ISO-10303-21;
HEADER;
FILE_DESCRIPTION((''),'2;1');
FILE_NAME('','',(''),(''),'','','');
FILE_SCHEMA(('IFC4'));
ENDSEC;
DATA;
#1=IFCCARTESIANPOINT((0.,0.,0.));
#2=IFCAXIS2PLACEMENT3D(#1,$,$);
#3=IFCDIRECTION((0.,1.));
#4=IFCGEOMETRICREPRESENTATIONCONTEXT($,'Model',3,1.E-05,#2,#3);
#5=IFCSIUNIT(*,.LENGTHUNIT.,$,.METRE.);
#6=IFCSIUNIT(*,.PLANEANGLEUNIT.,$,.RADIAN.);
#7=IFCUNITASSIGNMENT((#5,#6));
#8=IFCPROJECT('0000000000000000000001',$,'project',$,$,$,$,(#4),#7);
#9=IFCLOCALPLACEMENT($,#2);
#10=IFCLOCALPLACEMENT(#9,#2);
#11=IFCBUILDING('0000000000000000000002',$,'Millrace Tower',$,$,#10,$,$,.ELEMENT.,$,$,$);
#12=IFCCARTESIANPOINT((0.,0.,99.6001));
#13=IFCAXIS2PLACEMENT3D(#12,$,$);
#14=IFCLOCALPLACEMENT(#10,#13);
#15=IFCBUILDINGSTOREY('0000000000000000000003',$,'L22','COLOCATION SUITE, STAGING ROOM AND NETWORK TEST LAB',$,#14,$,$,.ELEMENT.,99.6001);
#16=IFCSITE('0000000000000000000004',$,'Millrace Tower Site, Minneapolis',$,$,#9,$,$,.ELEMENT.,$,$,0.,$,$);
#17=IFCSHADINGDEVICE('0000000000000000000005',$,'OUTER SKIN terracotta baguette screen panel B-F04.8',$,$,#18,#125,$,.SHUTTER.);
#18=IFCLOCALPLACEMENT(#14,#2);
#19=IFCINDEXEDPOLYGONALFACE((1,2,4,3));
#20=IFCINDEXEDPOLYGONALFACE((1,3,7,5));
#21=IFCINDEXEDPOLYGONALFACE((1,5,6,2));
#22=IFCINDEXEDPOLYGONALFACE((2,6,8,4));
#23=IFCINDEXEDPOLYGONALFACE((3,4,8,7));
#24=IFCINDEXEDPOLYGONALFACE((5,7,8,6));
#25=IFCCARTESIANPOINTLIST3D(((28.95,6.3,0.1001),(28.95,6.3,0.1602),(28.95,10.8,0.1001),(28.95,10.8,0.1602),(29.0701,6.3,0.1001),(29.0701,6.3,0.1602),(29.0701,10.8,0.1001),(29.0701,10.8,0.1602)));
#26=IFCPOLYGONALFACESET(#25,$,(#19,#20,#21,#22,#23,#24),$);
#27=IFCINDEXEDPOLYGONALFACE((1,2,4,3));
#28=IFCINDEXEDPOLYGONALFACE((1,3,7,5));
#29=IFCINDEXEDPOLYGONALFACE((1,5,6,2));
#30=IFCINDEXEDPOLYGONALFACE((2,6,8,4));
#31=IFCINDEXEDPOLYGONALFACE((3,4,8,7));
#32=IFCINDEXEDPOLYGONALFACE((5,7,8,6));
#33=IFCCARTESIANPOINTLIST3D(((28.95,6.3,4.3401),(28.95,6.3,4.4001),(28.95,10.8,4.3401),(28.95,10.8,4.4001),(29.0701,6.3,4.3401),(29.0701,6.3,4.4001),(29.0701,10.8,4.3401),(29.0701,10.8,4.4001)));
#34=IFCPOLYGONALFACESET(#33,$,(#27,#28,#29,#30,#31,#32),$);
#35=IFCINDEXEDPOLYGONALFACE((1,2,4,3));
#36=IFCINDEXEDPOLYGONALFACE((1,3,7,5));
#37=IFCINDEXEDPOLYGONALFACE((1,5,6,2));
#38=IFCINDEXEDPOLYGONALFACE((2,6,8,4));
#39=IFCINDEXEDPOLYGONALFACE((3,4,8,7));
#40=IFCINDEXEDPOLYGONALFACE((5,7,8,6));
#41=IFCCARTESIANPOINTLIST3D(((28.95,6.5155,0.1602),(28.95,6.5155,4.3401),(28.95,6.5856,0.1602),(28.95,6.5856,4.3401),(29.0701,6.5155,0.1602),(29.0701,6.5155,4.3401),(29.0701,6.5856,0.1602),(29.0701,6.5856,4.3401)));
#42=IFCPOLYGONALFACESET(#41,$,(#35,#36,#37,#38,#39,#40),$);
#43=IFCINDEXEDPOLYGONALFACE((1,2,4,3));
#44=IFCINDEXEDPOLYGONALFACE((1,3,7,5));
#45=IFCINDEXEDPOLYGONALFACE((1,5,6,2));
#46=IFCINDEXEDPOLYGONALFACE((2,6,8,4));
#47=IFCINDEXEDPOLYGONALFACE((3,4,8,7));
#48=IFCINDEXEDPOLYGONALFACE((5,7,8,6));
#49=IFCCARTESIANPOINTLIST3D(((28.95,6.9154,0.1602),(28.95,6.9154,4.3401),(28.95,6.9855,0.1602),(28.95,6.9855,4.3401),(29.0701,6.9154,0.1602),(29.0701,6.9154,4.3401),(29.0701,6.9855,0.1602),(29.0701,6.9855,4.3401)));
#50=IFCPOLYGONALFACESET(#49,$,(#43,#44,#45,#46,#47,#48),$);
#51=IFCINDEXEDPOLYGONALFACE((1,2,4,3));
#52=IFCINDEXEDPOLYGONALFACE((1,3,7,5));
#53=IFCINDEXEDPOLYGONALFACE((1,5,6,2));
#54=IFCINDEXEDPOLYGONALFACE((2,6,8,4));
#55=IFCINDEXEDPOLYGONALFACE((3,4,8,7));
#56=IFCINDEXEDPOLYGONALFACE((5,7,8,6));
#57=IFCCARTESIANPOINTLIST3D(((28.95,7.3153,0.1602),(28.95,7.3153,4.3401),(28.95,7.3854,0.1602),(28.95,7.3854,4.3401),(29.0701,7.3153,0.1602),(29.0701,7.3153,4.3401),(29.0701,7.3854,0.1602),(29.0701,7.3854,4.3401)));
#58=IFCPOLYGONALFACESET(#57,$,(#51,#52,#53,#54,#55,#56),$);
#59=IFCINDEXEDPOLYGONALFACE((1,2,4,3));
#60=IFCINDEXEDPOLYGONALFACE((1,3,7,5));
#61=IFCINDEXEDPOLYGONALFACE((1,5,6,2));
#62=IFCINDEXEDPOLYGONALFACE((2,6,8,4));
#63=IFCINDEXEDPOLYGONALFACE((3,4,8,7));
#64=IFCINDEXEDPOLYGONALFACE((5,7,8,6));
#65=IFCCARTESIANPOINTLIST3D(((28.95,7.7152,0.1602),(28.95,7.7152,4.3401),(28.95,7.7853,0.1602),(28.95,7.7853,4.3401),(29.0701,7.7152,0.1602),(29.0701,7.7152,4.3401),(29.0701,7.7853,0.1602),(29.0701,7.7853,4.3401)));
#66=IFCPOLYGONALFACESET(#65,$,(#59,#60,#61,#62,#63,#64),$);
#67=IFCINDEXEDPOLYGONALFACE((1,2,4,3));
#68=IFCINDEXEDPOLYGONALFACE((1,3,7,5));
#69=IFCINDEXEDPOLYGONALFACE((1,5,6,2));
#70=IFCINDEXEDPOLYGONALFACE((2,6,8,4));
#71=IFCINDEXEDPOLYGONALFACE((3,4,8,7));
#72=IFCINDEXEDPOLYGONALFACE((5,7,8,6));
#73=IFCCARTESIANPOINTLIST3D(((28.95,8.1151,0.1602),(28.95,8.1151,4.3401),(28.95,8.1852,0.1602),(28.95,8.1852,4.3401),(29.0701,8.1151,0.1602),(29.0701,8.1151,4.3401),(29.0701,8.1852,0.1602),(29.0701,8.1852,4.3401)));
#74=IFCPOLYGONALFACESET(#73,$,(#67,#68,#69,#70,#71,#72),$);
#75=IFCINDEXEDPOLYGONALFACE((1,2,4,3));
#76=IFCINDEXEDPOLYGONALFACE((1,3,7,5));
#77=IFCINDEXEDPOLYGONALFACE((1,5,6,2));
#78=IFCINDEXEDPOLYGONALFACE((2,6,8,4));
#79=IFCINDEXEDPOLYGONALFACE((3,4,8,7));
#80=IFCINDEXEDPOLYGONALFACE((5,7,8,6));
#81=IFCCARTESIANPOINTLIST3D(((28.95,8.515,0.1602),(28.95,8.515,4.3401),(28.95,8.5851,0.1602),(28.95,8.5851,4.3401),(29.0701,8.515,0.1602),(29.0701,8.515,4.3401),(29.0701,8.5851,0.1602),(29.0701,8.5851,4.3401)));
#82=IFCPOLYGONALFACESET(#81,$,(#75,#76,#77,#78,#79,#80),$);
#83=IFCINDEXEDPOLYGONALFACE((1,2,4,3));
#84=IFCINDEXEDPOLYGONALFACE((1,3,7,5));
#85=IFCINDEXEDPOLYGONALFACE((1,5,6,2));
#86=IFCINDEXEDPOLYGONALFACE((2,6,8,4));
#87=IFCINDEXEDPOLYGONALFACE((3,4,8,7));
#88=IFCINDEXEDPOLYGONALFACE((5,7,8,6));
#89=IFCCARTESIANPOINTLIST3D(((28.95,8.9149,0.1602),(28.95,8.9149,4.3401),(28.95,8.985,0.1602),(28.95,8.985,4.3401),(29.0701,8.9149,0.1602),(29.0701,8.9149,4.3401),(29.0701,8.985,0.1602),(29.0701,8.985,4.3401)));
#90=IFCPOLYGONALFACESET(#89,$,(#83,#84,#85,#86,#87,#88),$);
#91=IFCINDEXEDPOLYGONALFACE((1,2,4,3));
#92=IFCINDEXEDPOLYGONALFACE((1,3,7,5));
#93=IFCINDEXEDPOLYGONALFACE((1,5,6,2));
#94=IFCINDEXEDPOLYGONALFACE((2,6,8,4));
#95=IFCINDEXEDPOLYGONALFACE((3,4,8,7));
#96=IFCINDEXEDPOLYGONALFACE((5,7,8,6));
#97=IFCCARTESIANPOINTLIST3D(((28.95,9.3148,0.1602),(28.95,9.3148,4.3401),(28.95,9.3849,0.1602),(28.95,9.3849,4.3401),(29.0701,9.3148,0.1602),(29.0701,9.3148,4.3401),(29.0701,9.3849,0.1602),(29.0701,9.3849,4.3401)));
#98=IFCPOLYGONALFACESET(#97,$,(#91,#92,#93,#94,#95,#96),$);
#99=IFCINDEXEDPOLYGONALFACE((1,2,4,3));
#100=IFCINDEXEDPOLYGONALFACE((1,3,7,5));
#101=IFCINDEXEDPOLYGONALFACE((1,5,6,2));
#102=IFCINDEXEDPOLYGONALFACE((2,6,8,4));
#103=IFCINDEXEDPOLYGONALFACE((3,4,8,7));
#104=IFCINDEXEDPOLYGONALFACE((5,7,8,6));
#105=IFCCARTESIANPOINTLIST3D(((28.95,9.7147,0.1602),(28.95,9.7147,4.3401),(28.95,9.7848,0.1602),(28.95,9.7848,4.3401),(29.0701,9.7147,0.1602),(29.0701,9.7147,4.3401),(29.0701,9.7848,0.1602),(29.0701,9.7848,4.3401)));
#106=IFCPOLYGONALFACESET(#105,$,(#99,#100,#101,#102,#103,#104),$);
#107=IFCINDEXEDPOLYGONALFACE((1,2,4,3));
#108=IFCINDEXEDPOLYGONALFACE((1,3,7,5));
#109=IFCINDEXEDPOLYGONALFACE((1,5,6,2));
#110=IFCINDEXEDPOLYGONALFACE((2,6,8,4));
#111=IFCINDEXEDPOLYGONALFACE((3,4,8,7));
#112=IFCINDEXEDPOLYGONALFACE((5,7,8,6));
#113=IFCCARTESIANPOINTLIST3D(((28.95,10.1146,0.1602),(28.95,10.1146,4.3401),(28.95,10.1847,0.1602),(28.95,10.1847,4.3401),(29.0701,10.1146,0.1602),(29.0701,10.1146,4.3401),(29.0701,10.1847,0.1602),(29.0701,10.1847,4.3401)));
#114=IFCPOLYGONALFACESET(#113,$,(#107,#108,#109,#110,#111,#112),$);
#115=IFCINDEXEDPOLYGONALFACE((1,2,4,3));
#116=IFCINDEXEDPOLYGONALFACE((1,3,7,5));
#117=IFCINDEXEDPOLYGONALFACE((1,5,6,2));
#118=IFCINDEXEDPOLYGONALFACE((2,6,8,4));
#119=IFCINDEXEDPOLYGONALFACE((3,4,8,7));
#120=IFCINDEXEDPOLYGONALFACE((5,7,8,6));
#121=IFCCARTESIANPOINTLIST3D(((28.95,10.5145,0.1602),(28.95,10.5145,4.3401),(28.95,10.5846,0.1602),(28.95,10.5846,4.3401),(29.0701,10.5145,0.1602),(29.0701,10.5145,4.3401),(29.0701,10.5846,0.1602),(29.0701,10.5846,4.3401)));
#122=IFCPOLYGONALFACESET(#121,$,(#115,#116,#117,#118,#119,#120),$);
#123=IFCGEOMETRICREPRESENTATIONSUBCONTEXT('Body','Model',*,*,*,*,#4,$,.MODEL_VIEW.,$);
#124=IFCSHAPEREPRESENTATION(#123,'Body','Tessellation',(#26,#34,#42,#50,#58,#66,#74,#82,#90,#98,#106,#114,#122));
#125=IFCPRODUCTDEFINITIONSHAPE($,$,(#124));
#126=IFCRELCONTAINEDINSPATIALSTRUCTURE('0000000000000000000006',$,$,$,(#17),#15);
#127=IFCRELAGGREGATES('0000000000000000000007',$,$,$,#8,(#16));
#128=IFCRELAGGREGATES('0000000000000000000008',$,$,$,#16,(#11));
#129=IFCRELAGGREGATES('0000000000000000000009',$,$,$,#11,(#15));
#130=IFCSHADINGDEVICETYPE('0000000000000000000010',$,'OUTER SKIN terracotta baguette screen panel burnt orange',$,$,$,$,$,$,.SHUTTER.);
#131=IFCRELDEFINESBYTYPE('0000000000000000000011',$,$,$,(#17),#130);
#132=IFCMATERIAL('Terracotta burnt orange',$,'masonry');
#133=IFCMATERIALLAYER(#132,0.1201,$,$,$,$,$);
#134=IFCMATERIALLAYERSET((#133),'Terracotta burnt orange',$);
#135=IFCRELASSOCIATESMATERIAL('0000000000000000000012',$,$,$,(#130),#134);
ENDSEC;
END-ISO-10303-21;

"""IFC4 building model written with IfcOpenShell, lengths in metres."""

from ifc_helpers import new_model, entity, si_unit, direction, frame, frame_2d, origin, origin_2d, place, context, subcontext, project, spatial, rectangle, extrude, source, transform, mapped, material, layer, layer_set, type_object, element, save


model = new_model("IFC4")

# Units and contexts
model_context = context("Model", 3, precision=1e-05, world=origin(), true_north=direction((0.0, 1.0)))
body_context = subcontext(model_context, "Body", "Model", "MODEL_VIEW")
ifc_project = project(units=[si_unit("LENGTHUNIT", "METRE"), si_unit("PLANEANGLEUNIT", "RADIAN")], contexts=[model_context])

# Site, building, storey
site_placement = place(None, origin())
site = spatial("IfcSite", under=ifc_project, at=site_placement, Name="Millrace Tower Site, Minneapolis", CompositionType="ELEMENT", RefElevation=0.0)
building_placement = place(site_placement, origin())
building = spatial("IfcBuilding", under=site, at=building_placement, Name="Millrace Tower", CompositionType="ELEMENT")
storey_placement = place(building_placement, frame((0.0, 0.0, 99.6001)))
storey = spatial("IfcBuildingStorey", under=building, at=storey_placement, Name="L22", Description="COLOCATION SUITE, STAGING ROOM AND NETWORK TEST LAB", CompositionType="ELEMENT", Elevation=99.6001)

# Shading device
ifc_material_1 = material(Name="Terracotta burnt orange", Category="masonry")
ifc_layer_1 = layer(ifc_material_1, 0.1201)
ifc_layer_set_1 = layer_set([ifc_layer_1], Name="Terracotta burnt orange")
shading_device_type = type_object("IfcShadingDeviceType", Name="OUTER SKIN terracotta baguette screen panel burnt orange", PredefinedType="SHUTTER", material=ifc_layer_set_1)
cartesian_point = entity("IfcCartesianPoint", [-2.25, 0.0601])
shared_polyline = entity("IfcPolyline", [cartesian_point, entity("IfcCartesianPoint", [2.25, 0.0601]), entity("IfcCartesianPoint", [2.25, -0.0601]), entity("IfcCartesianPoint", [-2.25, -0.0601]), cartesian_point])
shared_shape = source(origin(), body_context, "Body", "SweptSolid", [
    entity("IfcExtrudedAreaSolid", entity("IfcArbitraryClosedProfileDef", "AREA", None, shared_polyline), entity("IfcAxis2Placement3D", entity("IfcCartesianPoint", [0.0, 0.0, 0.0])), entity("IfcDirection", [0.0, 0.0, 1.0]), 0.0601),
    entity("IfcExtrudedAreaSolid", entity("IfcArbitraryClosedProfileDef", "AREA", None, shared_polyline), entity("IfcAxis2Placement3D", entity("IfcCartesianPoint", [0.0, 0.0, 4.24])), entity("IfcDirection", [0.0, 0.0, 1.0]), 0.0601),
    extrude(rectangle(XDim=0.0701, YDim=0.1201, at=frame_2d((-1.9995, 0.0))), frame((0.0, 0.0, 0.0601)), (0.0, 0.0, 1.0), 4.1799),
    extrude(rectangle(XDim=0.0701, YDim=0.1201, at=frame_2d((-1.5996, 0.0))), frame((0.0, 0.0, 0.0601)), (0.0, 0.0, 1.0), 4.1799),
    extrude(rectangle(XDim=0.0701, YDim=0.1201, at=frame_2d((-1.1997, 0.0))), frame((0.0, 0.0, 0.0601)), (0.0, 0.0, 1.0), 4.1799),
    extrude(rectangle(XDim=0.0701, YDim=0.1201, at=frame_2d((-0.7998, 0.0))), frame((0.0, 0.0, 0.0601)), (0.0, 0.0, 1.0), 4.1799),
    extrude(rectangle(XDim=0.0701, YDim=0.1201, at=frame_2d((-0.3999, 0.0))), frame((0.0, 0.0, 0.0601)), (0.0, 0.0, 1.0), 4.1799),
    extrude(rectangle(XDim=0.0701, YDim=0.1201, at=origin_2d()), frame((0.0, 0.0, 0.0601)), (0.0, 0.0, 1.0), 4.1799),
    extrude(rectangle(XDim=0.0701, YDim=0.1201, at=frame_2d((0.3999, 0.0))), frame((0.0, 0.0, 0.0601)), (0.0, 0.0, 1.0), 4.1799),
    extrude(rectangle(XDim=0.0701, YDim=0.1201, at=frame_2d((0.7998, 0.0))), frame((0.0, 0.0, 0.0601)), (0.0, 0.0, 1.0), 4.1799),
    extrude(rectangle(XDim=0.0701, YDim=0.1201, at=frame_2d((1.1997, 0.0))), frame((0.0, 0.0, 0.0601)), (0.0, 0.0, 1.0), 4.1799),
    extrude(rectangle(XDim=0.0701, YDim=0.1201, at=frame_2d((1.5996, 0.0))), frame((0.0, 0.0, 0.0601)), (0.0, 0.0, 1.0), 4.1799),
    extrude(rectangle(XDim=0.0701, YDim=0.1201, at=frame_2d((1.9995, 0.0))), frame((0.0, 0.0, 0.0601)), (0.0, 0.0, 1.0), 4.1799),
])
for number, where, z_axis, x_axis, name in (
    (1, (29.01, 8.55, 0.1001), (0.0, 0.0, 1.0), (0.0, 1.0, 0.0), "OUTER SKIN terracotta baguette screen panel B-F04.8"),
):
    element("IfcShadingDevice", number, at=place(storey_placement, frame(where, z_axis=z_axis, x_axis=x_axis)), inside=storey, type_object=shading_device_type, Name=name, PredefinedType="SHUTTER", context=body_context, shape_type="MappedRepresentation", body=[
        mapped(shared_shape, transform((0.0, 0.0, 0.0), scale=1.0)),
    ])

save(model, "model.ifc")
